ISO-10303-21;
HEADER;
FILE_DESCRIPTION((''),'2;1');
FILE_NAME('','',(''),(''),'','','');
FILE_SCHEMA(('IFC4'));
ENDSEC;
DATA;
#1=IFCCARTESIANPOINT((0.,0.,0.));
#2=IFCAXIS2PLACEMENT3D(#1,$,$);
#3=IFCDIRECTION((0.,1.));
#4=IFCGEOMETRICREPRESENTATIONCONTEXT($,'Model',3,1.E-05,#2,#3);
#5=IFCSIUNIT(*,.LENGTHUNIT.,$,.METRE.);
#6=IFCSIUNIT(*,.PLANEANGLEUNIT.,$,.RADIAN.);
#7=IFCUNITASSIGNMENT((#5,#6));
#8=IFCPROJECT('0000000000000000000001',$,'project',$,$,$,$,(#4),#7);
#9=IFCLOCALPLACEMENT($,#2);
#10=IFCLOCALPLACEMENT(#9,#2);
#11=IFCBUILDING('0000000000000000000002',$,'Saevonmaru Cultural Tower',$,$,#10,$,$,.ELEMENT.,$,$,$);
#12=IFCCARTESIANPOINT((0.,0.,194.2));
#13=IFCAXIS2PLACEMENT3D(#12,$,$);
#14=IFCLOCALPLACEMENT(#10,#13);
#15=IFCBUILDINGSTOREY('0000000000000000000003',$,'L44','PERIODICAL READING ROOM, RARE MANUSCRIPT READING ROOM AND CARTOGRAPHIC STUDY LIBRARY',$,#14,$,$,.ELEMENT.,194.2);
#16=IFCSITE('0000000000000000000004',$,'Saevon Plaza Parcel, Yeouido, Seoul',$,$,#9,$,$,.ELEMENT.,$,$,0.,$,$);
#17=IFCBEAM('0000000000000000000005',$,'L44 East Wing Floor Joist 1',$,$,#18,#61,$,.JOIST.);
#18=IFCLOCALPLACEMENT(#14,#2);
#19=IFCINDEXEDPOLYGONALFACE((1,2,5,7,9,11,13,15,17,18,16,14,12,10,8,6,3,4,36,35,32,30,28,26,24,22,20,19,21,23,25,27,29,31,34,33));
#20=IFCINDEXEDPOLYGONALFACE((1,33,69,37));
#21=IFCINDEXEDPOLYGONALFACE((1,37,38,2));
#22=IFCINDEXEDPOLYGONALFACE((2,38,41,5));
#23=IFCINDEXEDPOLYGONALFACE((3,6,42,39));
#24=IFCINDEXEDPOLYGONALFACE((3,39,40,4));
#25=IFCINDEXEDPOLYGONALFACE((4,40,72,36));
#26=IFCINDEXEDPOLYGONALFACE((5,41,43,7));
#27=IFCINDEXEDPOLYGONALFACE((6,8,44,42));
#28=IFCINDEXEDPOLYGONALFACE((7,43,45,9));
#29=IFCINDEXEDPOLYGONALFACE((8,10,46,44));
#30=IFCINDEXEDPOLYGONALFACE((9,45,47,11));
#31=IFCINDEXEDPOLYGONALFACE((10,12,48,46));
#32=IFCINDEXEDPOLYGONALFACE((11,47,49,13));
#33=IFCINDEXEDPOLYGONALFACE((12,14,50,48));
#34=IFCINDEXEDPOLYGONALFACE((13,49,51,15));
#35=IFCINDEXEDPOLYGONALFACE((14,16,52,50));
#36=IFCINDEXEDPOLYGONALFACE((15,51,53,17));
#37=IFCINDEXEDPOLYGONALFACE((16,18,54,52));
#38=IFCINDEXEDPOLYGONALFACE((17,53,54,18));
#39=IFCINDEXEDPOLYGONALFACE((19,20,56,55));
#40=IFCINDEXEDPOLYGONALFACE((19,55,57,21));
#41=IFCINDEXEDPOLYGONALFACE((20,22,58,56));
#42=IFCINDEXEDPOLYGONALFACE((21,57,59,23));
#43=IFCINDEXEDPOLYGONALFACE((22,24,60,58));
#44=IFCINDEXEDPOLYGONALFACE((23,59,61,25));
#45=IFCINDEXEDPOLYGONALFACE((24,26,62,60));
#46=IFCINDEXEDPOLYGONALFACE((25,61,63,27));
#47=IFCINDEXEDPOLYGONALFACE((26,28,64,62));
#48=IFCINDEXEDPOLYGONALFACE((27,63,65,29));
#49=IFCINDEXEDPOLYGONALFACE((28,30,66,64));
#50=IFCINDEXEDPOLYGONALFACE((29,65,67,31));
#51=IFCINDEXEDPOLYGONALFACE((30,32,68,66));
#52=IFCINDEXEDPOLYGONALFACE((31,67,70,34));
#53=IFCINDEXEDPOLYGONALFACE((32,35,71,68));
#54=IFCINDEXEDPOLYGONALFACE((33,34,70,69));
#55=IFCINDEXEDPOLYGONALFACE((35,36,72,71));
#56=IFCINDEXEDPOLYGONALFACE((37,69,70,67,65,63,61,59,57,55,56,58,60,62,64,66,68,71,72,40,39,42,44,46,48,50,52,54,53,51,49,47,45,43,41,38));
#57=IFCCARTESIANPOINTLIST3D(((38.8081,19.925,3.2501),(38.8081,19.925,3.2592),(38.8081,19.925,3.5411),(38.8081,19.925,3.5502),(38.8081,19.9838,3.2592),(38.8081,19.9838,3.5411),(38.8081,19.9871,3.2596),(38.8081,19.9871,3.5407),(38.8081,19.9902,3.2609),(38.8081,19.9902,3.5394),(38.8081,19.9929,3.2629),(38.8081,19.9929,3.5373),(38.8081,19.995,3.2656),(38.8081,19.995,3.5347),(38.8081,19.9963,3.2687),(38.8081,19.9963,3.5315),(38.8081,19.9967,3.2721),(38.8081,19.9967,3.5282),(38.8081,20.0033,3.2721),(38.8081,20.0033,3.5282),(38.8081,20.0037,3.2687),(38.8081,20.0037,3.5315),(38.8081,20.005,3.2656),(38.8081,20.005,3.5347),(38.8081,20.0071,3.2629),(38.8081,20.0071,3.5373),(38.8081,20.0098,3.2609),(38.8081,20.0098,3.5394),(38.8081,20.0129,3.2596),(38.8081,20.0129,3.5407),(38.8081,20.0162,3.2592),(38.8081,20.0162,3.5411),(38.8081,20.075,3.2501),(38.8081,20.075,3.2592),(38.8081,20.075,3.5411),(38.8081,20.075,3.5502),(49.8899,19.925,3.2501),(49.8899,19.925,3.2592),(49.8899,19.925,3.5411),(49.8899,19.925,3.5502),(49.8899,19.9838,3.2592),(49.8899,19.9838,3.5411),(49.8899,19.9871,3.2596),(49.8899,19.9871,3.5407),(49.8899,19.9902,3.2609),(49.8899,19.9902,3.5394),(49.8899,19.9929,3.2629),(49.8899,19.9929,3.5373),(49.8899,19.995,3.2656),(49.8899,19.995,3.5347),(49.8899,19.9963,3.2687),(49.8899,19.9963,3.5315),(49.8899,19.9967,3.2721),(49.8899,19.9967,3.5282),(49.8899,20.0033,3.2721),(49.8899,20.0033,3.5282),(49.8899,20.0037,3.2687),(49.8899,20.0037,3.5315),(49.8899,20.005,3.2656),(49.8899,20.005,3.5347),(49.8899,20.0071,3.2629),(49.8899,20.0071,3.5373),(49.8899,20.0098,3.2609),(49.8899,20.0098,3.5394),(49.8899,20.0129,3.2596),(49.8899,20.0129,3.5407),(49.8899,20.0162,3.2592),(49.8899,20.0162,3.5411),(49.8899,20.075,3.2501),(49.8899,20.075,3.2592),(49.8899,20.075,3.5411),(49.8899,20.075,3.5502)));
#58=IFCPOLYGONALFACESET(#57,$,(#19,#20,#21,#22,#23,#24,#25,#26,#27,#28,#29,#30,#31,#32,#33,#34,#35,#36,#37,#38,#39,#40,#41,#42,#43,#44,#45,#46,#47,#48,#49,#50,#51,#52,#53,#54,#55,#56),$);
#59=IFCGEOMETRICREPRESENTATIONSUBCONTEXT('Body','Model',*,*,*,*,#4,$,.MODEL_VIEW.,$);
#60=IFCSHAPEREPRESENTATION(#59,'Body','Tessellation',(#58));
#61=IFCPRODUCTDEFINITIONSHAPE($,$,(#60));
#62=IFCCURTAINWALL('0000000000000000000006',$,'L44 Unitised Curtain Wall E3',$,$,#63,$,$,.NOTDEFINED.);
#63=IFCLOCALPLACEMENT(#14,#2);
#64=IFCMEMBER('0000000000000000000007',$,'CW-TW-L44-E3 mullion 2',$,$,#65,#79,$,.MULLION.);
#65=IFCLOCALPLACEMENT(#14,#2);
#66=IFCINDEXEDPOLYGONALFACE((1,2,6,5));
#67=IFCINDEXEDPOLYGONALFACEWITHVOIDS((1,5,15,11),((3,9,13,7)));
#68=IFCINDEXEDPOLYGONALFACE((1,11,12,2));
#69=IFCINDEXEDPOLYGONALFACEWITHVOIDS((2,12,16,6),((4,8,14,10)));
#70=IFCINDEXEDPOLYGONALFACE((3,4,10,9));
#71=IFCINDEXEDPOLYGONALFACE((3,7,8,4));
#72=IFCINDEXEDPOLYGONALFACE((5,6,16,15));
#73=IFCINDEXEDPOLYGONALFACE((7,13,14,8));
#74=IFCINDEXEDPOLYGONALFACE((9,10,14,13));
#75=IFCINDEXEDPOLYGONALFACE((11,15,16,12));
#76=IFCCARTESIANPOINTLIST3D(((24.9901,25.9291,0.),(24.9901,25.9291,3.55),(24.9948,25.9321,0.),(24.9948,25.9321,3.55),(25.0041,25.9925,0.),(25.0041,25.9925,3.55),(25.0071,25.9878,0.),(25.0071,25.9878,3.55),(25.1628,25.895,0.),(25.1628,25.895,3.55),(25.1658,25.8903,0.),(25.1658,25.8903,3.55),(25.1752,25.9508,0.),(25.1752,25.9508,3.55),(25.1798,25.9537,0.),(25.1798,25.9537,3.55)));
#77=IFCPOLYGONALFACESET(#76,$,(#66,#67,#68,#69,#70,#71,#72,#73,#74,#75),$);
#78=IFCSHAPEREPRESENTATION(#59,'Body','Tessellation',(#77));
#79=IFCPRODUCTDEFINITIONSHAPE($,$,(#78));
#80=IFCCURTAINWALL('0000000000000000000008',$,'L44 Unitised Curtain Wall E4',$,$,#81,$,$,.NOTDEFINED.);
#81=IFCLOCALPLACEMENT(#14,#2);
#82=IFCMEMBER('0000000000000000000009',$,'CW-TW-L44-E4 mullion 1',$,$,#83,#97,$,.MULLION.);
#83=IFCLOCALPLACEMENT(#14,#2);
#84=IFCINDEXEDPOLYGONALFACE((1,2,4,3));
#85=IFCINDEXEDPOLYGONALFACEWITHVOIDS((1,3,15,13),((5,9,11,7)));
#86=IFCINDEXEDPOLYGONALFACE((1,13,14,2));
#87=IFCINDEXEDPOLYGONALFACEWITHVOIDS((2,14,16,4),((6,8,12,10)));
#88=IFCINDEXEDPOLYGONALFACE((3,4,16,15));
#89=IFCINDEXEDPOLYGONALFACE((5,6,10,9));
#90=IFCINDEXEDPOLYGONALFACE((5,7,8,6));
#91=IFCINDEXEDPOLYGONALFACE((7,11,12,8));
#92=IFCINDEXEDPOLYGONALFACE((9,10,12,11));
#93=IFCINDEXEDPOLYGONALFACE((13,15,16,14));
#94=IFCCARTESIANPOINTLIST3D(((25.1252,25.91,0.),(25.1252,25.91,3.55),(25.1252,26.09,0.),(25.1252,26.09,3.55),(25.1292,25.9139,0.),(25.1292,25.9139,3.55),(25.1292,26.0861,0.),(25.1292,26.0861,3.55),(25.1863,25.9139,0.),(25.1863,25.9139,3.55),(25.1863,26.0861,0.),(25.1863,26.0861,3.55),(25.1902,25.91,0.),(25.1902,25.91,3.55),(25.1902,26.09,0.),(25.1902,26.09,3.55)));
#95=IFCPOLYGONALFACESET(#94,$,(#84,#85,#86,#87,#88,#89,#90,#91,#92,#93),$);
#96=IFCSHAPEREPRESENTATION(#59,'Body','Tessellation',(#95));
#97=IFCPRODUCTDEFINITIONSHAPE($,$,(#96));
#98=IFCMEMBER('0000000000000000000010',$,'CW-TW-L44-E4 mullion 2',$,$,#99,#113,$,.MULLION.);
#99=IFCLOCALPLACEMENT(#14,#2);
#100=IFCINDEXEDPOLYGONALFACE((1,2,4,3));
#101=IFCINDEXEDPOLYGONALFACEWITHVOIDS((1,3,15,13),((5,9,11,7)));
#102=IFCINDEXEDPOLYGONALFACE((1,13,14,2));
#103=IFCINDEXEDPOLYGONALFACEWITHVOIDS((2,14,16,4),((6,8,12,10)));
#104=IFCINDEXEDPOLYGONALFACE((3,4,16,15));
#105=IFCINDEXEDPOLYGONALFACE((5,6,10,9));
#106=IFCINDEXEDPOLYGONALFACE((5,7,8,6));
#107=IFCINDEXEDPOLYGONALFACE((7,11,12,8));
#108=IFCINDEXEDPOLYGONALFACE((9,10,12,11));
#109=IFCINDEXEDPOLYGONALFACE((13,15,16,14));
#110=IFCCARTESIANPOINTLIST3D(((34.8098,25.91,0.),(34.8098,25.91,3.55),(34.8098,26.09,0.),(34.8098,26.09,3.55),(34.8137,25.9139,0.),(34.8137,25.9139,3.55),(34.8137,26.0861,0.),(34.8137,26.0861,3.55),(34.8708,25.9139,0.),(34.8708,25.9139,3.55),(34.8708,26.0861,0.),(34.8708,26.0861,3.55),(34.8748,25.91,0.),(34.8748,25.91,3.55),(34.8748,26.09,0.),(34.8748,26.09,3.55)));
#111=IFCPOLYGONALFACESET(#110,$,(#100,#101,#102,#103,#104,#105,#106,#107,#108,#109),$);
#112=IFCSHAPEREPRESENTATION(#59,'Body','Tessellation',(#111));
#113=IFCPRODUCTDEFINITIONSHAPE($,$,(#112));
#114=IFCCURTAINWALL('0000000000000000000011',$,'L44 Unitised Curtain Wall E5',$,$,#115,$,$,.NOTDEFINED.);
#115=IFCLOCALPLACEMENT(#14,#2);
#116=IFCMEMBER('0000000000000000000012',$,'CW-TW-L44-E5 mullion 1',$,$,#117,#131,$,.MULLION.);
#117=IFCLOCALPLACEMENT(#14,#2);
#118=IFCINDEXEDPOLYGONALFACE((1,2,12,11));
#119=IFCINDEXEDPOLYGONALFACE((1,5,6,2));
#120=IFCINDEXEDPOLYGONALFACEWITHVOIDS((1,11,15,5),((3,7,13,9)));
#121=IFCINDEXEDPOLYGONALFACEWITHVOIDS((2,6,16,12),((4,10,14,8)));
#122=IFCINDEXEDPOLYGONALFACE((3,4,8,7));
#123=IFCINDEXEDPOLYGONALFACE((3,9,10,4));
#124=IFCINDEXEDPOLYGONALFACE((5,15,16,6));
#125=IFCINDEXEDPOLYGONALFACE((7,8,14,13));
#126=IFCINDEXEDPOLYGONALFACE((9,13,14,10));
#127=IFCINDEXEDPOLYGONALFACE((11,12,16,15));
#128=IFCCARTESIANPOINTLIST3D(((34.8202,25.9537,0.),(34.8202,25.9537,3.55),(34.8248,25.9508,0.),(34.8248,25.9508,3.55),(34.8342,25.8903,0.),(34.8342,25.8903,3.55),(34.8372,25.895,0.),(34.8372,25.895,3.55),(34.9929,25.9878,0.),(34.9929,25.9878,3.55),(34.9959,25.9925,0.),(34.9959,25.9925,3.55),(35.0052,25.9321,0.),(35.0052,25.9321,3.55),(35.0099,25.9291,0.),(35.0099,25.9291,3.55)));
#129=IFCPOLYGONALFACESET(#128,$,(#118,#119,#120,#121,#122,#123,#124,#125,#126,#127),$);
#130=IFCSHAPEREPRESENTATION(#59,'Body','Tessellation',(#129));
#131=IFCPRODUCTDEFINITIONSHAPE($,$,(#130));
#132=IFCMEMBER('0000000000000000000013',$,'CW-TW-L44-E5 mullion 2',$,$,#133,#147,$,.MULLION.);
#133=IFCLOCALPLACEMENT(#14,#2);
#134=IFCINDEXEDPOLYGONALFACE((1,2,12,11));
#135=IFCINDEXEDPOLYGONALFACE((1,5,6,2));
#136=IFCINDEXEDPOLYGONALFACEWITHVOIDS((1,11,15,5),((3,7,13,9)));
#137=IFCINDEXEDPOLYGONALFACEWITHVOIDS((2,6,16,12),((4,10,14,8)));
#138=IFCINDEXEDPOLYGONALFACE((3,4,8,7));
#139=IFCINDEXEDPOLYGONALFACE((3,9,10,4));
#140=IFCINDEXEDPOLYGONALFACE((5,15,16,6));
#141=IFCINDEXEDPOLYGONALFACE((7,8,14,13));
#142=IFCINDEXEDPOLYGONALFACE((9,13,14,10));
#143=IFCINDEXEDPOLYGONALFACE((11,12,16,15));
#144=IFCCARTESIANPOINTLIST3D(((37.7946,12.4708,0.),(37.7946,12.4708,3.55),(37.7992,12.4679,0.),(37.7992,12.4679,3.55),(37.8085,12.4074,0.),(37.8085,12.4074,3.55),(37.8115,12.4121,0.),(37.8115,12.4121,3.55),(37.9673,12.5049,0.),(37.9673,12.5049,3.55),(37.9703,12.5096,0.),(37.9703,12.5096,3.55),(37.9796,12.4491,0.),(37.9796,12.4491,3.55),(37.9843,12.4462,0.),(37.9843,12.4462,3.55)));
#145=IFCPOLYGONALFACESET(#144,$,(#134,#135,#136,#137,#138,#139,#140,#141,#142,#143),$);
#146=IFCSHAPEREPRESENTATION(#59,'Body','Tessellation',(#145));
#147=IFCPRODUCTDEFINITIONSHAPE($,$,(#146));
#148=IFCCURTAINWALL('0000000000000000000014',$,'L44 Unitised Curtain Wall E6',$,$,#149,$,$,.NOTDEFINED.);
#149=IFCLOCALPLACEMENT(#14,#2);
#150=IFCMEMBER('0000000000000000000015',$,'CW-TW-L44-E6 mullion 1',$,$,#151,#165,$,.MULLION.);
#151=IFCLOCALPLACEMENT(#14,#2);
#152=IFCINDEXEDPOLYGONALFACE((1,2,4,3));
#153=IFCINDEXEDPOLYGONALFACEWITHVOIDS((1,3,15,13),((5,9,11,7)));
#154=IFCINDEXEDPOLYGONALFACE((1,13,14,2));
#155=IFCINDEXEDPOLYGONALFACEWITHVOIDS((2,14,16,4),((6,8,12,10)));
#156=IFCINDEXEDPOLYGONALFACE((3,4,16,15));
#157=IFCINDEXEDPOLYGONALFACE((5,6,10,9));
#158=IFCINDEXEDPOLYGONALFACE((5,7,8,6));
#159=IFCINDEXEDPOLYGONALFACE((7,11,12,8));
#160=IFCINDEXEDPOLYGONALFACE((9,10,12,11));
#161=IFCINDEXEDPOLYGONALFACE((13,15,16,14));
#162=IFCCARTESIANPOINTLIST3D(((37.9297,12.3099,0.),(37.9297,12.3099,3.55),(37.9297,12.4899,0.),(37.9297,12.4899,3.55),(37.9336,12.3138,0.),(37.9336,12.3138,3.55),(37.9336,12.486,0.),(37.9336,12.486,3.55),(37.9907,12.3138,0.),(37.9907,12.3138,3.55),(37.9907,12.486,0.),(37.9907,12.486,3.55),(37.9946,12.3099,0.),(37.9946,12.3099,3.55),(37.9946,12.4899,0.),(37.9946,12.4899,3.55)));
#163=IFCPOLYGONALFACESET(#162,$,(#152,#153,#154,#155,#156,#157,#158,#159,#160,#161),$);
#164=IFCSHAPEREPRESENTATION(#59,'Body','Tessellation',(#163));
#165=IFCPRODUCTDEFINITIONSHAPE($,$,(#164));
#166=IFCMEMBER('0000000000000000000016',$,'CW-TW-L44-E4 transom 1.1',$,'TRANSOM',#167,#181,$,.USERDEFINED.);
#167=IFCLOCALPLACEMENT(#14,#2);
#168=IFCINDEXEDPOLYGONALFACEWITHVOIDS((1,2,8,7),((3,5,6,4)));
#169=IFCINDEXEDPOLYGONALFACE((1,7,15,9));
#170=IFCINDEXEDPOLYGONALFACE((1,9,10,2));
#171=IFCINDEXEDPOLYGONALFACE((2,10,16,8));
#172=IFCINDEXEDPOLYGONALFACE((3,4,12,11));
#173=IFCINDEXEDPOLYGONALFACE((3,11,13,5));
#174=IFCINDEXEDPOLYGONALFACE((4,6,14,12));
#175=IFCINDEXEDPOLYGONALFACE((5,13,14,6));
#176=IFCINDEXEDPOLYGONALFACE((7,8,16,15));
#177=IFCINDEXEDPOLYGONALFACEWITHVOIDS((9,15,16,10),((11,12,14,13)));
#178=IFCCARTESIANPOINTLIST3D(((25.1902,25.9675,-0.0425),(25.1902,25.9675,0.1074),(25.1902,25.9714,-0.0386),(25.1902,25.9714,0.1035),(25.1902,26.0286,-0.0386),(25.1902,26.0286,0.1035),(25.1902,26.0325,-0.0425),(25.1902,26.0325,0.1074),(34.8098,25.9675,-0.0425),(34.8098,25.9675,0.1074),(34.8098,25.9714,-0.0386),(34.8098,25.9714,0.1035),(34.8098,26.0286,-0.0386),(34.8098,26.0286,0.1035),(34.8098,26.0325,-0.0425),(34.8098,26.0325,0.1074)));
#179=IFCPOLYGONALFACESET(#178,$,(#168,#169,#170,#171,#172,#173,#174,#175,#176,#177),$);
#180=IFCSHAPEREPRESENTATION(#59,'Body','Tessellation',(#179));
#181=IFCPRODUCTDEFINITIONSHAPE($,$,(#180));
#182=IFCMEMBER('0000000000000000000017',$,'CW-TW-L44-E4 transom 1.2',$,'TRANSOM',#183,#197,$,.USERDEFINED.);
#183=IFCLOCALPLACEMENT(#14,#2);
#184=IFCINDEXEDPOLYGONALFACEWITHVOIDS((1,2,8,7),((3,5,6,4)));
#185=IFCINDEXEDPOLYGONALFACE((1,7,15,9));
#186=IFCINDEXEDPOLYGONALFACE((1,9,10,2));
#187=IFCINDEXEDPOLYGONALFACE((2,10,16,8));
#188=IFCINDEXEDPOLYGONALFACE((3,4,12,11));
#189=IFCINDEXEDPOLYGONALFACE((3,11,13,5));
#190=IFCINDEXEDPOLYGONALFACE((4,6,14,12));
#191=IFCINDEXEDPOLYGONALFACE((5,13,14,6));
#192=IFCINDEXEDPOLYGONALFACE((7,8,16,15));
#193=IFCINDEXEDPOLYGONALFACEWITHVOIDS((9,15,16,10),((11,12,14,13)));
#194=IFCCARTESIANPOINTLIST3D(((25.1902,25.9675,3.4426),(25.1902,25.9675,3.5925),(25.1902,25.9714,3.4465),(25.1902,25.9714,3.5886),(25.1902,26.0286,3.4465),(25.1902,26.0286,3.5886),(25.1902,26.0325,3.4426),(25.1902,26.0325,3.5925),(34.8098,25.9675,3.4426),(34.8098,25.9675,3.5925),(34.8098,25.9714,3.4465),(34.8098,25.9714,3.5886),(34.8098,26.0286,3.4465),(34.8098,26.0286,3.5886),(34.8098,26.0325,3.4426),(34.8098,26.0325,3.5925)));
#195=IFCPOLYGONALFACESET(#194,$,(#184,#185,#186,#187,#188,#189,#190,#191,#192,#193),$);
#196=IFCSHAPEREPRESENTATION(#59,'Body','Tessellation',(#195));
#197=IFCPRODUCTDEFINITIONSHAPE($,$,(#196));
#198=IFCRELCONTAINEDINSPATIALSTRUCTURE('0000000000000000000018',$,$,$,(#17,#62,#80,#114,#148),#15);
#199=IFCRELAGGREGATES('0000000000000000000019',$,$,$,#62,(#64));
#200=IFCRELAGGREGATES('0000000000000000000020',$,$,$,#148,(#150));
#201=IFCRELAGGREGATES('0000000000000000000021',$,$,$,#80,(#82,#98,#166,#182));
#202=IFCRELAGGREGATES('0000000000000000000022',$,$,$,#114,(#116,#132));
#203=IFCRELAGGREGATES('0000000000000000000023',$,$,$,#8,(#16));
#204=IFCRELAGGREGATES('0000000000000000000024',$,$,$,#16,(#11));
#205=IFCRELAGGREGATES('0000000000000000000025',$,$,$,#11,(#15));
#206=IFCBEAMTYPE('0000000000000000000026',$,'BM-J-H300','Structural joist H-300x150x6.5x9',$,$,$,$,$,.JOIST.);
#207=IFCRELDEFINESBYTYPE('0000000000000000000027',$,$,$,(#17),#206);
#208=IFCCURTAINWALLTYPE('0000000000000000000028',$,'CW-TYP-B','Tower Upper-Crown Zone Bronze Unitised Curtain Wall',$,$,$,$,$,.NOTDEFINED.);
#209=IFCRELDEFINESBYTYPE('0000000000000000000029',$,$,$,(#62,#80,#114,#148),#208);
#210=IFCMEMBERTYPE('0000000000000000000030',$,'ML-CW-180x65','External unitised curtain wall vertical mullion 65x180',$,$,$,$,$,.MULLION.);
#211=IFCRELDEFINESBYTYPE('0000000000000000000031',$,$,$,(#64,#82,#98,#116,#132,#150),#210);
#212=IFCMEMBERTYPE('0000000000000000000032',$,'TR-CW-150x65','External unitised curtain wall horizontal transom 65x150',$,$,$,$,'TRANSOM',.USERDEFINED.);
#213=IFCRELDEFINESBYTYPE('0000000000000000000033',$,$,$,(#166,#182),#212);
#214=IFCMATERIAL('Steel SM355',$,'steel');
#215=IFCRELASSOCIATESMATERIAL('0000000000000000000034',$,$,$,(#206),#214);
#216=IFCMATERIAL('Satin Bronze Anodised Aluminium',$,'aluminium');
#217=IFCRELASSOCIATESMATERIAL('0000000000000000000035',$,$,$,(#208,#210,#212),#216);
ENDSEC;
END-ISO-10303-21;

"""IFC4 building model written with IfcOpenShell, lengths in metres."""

from ifc_helpers import new_model, si_unit, direction, frame, origin, origin_2d, place, context, subcontext, project, spatial, hollow_rectangle, i_section, extrude, material, material_profile, profile_set, type_object, element, aggregate, save


model = new_model("IFC4")

# Units and contexts
model_context = context("Model", 3, precision=1e-05, world=origin(), true_north=direction((0.0, 1.0)))
body_context = subcontext(model_context, "Body", "Model", "MODEL_VIEW")
ifc_project = project(units=[si_unit("LENGTHUNIT", "METRE"), si_unit("PLANEANGLEUNIT", "RADIAN")], contexts=[model_context])

# Site, building, storey
site_placement = place(None, origin())
site = spatial("IfcSite", under=ifc_project, at=site_placement, Name="Saevon Plaza Parcel, Yeouido, Seoul", CompositionType="ELEMENT", RefElevation=0.0)
building_placement = place(site_placement, origin())
building = spatial("IfcBuilding", under=site, at=building_placement, Name="Saevonmaru Cultural Tower", CompositionType="ELEMENT")
storey_placement = place(building_placement, frame((0.0, 0.0, 194.2)))
storey = spatial("IfcBuildingStorey", under=building, at=storey_placement, Name="L44", Description="PERIODICAL READING ROOM, RARE MANUSCRIPT READING ROOM AND CARTOGRAPHIC STUDY LIBRARY", CompositionType="ELEMENT", Elevation=194.2)

# Shared definitions
ifc_material_1 = material(Name="Steel SM355", Category="steel")

# Beam
ifc_material_profile_1 = material_profile(ifc_material_1, i_section(OverallWidth=0.1499, OverallDepth=0.3, WebThickness=0.0066, FlangeThickness=0.009, FilletRadius=0.0129, at=origin_2d()), Name="H-300x150x6.5x9")
ifc_profile_set_1 = profile_set([ifc_material_profile_1], Name="Steel SM355")
beam_type_1 = type_object("IfcBeamType", Name="BM-J-H300", Description="Structural joist H-300x150x6.5x9", PredefinedType="JOIST", material=ifc_profile_set_1)
beam_1_placement = place(storey_placement, frame((38.8081, 20.0, 3.4001), z_axis=(1.0, 0.0, 0.0), x_axis=(0.0, 1.0, 0.0)))
element("IfcBeam", 1, at=beam_1_placement, inside=storey, type_object=beam_type_1, Name="L44 East Wing Floor Joist 1", PredefinedType="JOIST", context=body_context, shape_type="SweptSolid", body=[
    extrude(i_section(OverallWidth=0.1499, OverallDepth=0.3, WebThickness=0.0066, FlangeThickness=0.009, FilletRadius=0.0129, at=origin_2d()), origin(), (0.0, 0.0, 1.0), 11.0818),
])

# Curtain wall, member
ifc_material_2 = material(Name="Satin Bronze Anodised Aluminium", Category="aluminium")
curtain_wall_type = type_object("IfcCurtainWallType", Name="CW-TYP-B", Description="Tower Upper-Crown Zone Bronze Unitised Curtain Wall", PredefinedType="NOTDEFINED", material=ifc_material_2)
curtain_wall_1_placement = place(storey_placement, origin())
curtain_wall_1 = element("IfcCurtainWall", 2, at=curtain_wall_1_placement, inside=storey, type_object=curtain_wall_type, Name="L44 Unitised Curtain Wall E3", PredefinedType="NOTDEFINED")
ifc_material_profile_2 = material_profile(ifc_material_2, hollow_rectangle(XDim=0.0649, YDim=0.1799, WallThickness=0.0039, at=origin_2d()), Name="ALU-MULL-180x65x4")
ifc_profile_set_2 = profile_set([ifc_material_profile_2], Name="Satin Bronze Anodised Aluminium")
member_type_1 = type_object("IfcMemberType", Name="ML-CW-180x65", Description="External unitised curtain wall vertical mullion 65x180", PredefinedType="MULLION", material=ifc_profile_set_2)
member_1_placement = place(storey_placement, frame((25.085, 25.9414, 0.0), z_axis=(0.0, 0.0, 1.0), x_axis=(0.215413, 0.976523, 0.0)))
member_1 = element("IfcMember", 3, at=member_1_placement, type_object=member_type_1, Name="CW-TW-L44-E3 mullion 2", PredefinedType="MULLION", context=body_context, shape_type="SweptSolid", body=[
    extrude(hollow_rectangle(XDim=0.0649, YDim=0.1799, WallThickness=0.0039, at=origin_2d()), origin(), (0.0, 0.0, 1.0), 3.55),
])
aggregate(curtain_wall_1, [member_1])

# Curtain walls, members
curtain_wall_2_placement = place(storey_placement, origin())
curtain_wall_2 = element("IfcCurtainWall", 4, at=curtain_wall_2_placement, inside=storey, type_object=curtain_wall_type, Name="L44 Unitised Curtain Wall E4", PredefinedType="NOTDEFINED")
member_2_placement = place(storey_placement, frame((25.1577, 26.0, 0.0), z_axis=(0.0, 0.0, 1.0), x_axis=(1.0, 0.0, 0.0)))
member_2 = element("IfcMember", 5, at=member_2_placement, type_object=member_type_1, Name="CW-TW-L44-E4 mullion 1", PredefinedType="MULLION", context=body_context, shape_type="SweptSolid", body=[
    extrude(hollow_rectangle(XDim=0.0649, YDim=0.1799, WallThickness=0.0039, at=origin_2d()), origin(), (0.0, 0.0, 1.0), 3.55),
])
member_3_placement = place(storey_placement, frame((34.8423, 26.0, 0.0), z_axis=(0.0, 0.0, 1.0), x_axis=(1.0, 0.0, 0.0)))
member_3 = element("IfcMember", 6, at=member_3_placement, type_object=member_type_1, Name="CW-TW-L44-E4 mullion 2", PredefinedType="MULLION", context=body_context, shape_type="SweptSolid", body=[
    extrude(hollow_rectangle(XDim=0.0649, YDim=0.1799, WallThickness=0.0039, at=origin_2d()), origin(), (0.0, 0.0, 1.0), 3.55),
])
curtain_wall_3_placement = place(storey_placement, origin())
curtain_wall_3 = element("IfcCurtainWall", 7, at=curtain_wall_3_placement, inside=storey, type_object=curtain_wall_type, Name="L44 Unitised Curtain Wall E5", PredefinedType="NOTDEFINED")
member_4_placement = place(storey_placement, frame((34.915, 25.9414, 0.0), z_axis=(0.0, 0.0, 1.0), x_axis=(0.215413, -0.976523, 0.0)))
member_4 = element("IfcMember", 8, at=member_4_placement, type_object=member_type_1, Name="CW-TW-L44-E5 mullion 1", PredefinedType="MULLION", context=body_context, shape_type="SweptSolid", body=[
    extrude(hollow_rectangle(XDim=0.0649, YDim=0.1799, WallThickness=0.0039, at=origin_2d()), origin(), (0.0, 0.0, 1.0), 3.55),
])
member_5_placement = place(storey_placement, frame((37.8894, 12.4585, 0.0), z_axis=(0.0, 0.0, 1.0), x_axis=(0.215413, -0.976523, 0.0)))
member_5 = element("IfcMember", 9, at=member_5_placement, type_object=member_type_1, Name="CW-TW-L44-E5 mullion 2", PredefinedType="MULLION", context=body_context, shape_type="SweptSolid", body=[
    extrude(hollow_rectangle(XDim=0.0649, YDim=0.1799, WallThickness=0.0039, at=origin_2d()), origin(), (0.0, 0.0, 1.0), 3.55),
])

# Curtain wall, member
curtain_wall_4_placement = place(storey_placement, origin())
curtain_wall_4 = element("IfcCurtainWall", 10, at=curtain_wall_4_placement, inside=storey, type_object=curtain_wall_type, Name="L44 Unitised Curtain Wall E6", PredefinedType="NOTDEFINED")
member_6_placement = place(storey_placement, frame((37.9622, 12.3999, 0.0), z_axis=(0.0, 0.0, 1.0), x_axis=(1.0, 0.0, 0.0)))
member_6 = element("IfcMember", 11, at=member_6_placement, type_object=member_type_1, Name="CW-TW-L44-E6 mullion 1", PredefinedType="MULLION", context=body_context, shape_type="SweptSolid", body=[
    extrude(hollow_rectangle(XDim=0.0649, YDim=0.1799, WallThickness=0.0039, at=origin_2d()), origin(), (0.0, 0.0, 1.0), 3.55),
])

# Members
ifc_material_profile_3 = material_profile(ifc_material_2, hollow_rectangle(XDim=0.0649, YDim=0.1499, WallThickness=0.0039, at=origin_2d()), Name="ALU-TRAN-150x65x4")
ifc_profile_set_3 = profile_set([ifc_material_profile_3], Name="Satin Bronze Anodised Aluminium")
member_type_2 = type_object("IfcMemberType", Name="TR-CW-150x65", Description="External unitised curtain wall horizontal transom 65x150", ElementType="TRANSOM", PredefinedType="USERDEFINED", material=ifc_profile_set_3)
member_7_placement = place(storey_placement, frame((25.1902, 26.0, 0.0325), z_axis=(1.0, 0.0, 0.0), x_axis=(0.0, 1.0, 0.0)))
member_7 = element("IfcMember", 12, at=member_7_placement, type_object=member_type_2, Name="CW-TW-L44-E4 transom 1.1", ObjectType="TRANSOM", PredefinedType="USERDEFINED", context=body_context, shape_type="SweptSolid", body=[
    extrude(hollow_rectangle(XDim=0.0649, YDim=0.1499, WallThickness=0.0039, at=origin_2d()), origin(), (0.0, 0.0, 1.0), 9.6196),
])
member_8_placement = place(storey_placement, frame((25.1902, 26.0, 3.5176), z_axis=(1.0, 0.0, 0.0), x_axis=(0.0, 1.0, 0.0)))
member_8 = element("IfcMember", 13, at=member_8_placement, type_object=member_type_2, Name="CW-TW-L44-E4 transom 1.2", ObjectType="TRANSOM", PredefinedType="USERDEFINED", context=body_context, shape_type="SweptSolid", body=[
    extrude(hollow_rectangle(XDim=0.0649, YDim=0.1499, WallThickness=0.0039, at=origin_2d()), origin(), (0.0, 0.0, 1.0), 9.6196),
])
aggregate(curtain_wall_4, [member_6])

aggregate(curtain_wall_2, [member_2, member_3, member_7, member_8])
aggregate(curtain_wall_3, [member_4, member_5])

save(model, "model.ifc")
